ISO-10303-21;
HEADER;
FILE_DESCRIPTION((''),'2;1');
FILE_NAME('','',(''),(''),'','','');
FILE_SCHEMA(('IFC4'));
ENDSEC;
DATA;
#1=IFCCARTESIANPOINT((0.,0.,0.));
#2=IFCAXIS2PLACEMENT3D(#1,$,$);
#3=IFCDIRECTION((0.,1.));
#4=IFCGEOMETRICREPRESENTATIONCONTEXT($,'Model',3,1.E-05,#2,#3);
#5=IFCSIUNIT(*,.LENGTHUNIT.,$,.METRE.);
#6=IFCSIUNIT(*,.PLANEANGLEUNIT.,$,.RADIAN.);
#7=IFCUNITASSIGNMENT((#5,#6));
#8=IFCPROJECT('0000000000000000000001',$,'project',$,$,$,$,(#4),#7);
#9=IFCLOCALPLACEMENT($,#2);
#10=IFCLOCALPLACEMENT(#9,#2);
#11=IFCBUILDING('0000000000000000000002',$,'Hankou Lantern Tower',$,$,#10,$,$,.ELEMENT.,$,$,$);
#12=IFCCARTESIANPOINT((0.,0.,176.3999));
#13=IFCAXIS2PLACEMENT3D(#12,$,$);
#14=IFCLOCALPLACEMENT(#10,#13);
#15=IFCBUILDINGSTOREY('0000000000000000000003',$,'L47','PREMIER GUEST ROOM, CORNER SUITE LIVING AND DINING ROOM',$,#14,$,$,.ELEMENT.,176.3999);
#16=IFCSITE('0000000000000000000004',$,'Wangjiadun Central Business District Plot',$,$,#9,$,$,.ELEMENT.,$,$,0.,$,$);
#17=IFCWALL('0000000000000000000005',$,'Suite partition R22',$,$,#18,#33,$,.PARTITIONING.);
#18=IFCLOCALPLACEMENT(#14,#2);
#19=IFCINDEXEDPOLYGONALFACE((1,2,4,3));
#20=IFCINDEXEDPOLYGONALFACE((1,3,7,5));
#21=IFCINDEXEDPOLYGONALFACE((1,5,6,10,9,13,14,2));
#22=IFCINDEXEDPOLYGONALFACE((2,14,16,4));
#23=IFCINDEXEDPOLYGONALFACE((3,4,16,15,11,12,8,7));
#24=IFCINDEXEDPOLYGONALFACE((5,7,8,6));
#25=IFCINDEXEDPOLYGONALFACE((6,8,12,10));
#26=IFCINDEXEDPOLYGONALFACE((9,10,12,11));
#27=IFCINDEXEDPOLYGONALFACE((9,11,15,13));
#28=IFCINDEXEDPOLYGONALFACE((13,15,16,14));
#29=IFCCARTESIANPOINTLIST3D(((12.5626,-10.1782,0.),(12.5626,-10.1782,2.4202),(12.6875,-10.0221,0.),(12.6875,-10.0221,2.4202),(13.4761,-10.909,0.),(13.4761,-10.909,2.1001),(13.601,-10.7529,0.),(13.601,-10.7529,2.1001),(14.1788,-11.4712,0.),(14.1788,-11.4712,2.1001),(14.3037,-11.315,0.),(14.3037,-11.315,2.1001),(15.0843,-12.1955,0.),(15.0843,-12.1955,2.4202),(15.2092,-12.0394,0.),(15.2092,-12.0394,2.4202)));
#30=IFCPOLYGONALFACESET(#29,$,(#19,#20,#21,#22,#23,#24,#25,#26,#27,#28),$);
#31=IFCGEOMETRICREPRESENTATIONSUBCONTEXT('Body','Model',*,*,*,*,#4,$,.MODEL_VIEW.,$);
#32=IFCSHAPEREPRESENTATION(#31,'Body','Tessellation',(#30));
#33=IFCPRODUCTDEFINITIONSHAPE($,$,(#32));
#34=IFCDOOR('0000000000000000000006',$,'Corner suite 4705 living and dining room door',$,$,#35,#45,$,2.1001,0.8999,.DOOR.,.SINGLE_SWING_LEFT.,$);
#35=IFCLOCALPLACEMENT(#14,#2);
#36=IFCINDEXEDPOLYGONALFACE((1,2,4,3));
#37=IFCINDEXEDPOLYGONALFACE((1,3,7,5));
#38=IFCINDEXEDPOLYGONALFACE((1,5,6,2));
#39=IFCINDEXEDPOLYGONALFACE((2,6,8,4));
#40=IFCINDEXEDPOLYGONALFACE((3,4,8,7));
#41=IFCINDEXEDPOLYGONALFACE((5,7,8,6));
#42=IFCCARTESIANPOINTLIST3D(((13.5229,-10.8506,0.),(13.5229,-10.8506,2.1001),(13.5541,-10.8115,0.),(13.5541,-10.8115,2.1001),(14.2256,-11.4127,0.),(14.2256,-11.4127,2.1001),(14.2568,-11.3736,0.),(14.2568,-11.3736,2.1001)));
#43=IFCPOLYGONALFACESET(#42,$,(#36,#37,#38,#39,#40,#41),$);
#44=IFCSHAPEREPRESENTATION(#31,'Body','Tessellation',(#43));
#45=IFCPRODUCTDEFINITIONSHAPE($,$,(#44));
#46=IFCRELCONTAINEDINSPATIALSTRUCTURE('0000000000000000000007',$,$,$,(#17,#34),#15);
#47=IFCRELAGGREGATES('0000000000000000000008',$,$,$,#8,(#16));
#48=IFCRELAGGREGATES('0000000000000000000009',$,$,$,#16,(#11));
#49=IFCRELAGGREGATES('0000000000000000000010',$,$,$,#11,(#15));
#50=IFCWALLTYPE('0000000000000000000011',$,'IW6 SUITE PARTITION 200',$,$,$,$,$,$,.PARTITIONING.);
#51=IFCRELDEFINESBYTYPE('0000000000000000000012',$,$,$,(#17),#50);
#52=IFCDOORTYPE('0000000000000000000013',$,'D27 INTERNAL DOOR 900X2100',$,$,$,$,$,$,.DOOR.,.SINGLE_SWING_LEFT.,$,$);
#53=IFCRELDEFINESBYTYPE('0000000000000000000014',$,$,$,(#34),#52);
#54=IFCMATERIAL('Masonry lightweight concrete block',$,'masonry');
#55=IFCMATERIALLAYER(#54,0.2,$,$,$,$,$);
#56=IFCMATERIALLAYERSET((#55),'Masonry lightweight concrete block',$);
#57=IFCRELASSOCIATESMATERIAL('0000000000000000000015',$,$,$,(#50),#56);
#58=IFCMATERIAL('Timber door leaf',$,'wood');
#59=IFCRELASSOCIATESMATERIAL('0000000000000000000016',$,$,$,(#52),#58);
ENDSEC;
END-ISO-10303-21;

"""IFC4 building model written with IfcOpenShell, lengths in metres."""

from ifc_helpers import new_model, si_unit, direction, frame, frame_2d, origin, place, context, subcontext, project, spatial, rectangle, extrude, material, layer, layer_set, type_object, element, fill, save


model = new_model("IFC4")

# Units and contexts
model_context = context("Model", 3, precision=1e-05, world=origin(), true_north=direction((0.0, 1.0)))
body_context = subcontext(model_context, "Body", "Model", "MODEL_VIEW")
ifc_project = project(units=[si_unit("LENGTHUNIT", "METRE"), si_unit("PLANEANGLEUNIT", "RADIAN")], contexts=[model_context])

# Site, building, storey
site_placement = place(None, origin())
site = spatial("IfcSite", under=ifc_project, at=site_placement, Name="Wangjiadun Central Business District Plot", CompositionType="ELEMENT", RefElevation=0.0)
building_placement = place(site_placement, origin())
building = spatial("IfcBuilding", under=site, at=building_placement, Name="Hankou Lantern Tower", CompositionType="ELEMENT")
storey_placement = place(building_placement, frame((0.0, 0.0, 176.3999)))
storey = spatial("IfcBuildingStorey", under=building, at=storey_placement, Name="L47", Description="PREMIER GUEST ROOM, CORNER SUITE LIVING AND DINING ROOM", CompositionType="ELEMENT", Elevation=176.3999)

# Wall, opening, door
ifc_material_1 = material(Name="Masonry lightweight concrete block", Category="masonry")
ifc_layer_1 = layer(ifc_material_1, 0.2)
ifc_layer_set_1 = layer_set([ifc_layer_1], Name="Masonry lightweight concrete block")
wall_type_1 = type_object("IfcWallType", Name="IW6 SUITE PARTITION 200", PredefinedType="PARTITIONING", material=ifc_layer_set_1)
wall_1_placement = place(storey_placement, frame((12.625, -10.1001, 0.0), z_axis=(0.0, 0.0, 1.0), x_axis=(0.780876, -0.624686, 0.0)))
wall_1 = element("IfcWall", 1, at=wall_1_placement, inside=storey, type_object=wall_type_1, Name="Suite partition R22", PredefinedType="PARTITIONING", context=body_context, shape_type="SweptSolid", body=[
    extrude(rectangle(XDim=3.2292, YDim=0.2, at=frame_2d((1.6147, 0.0))), origin(), (0.0, 0.0, 1.0), 2.4202),
])
opening_1_placement = place(wall_1_placement, frame((1.1699, 0.0, 0.0)))
opening_1 = element("IfcOpeningElement", 2, at=opening_1_placement, cuts=wall_1, PredefinedType="OPENING", context=body_context, shape_type="SweptSolid", body=[
    extrude(rectangle(XDim=0.8999, YDim=2.1001, at=frame_2d((0.45, 1.05))), frame((0.0, 0.1099, 0.0), z_axis=(0.0, -1.0, 0.0), x_axis=(1.0, 0.0, 0.0)), (0.0, 0.0, 1.0), 0.22),
])
ifc_material_2 = material(Name="Timber door leaf", Category="wood")
door_type_1 = type_object("IfcDoorType", Name="D27 INTERNAL DOOR 900X2100", OperationType="SINGLE_SWING_LEFT", PredefinedType="DOOR", material=ifc_material_2)
door_1_placement = place(opening_1_placement, origin())
door_1 = element("IfcDoor", 3, at=door_1_placement, inside=storey, type_object=door_type_1, Name="Corner suite 4705 living and dining room door", OperationType="SINGLE_SWING_LEFT", OverallHeight=2.1001, OverallWidth=0.8999, PredefinedType="DOOR", context=body_context, shape_type="SweptSolid", body=[
    extrude(rectangle(XDim=0.8999, YDim=2.1001, at=frame_2d((0.45, 1.05))), frame((0.0, 0.0249, 0.0), z_axis=(0.0, -1.0, 0.0), x_axis=(1.0, 0.0, 0.0)), (0.0, 0.0, 1.0), 0.05),
])
fill(opening_1, door_1)

save(model, "model.ifc")
